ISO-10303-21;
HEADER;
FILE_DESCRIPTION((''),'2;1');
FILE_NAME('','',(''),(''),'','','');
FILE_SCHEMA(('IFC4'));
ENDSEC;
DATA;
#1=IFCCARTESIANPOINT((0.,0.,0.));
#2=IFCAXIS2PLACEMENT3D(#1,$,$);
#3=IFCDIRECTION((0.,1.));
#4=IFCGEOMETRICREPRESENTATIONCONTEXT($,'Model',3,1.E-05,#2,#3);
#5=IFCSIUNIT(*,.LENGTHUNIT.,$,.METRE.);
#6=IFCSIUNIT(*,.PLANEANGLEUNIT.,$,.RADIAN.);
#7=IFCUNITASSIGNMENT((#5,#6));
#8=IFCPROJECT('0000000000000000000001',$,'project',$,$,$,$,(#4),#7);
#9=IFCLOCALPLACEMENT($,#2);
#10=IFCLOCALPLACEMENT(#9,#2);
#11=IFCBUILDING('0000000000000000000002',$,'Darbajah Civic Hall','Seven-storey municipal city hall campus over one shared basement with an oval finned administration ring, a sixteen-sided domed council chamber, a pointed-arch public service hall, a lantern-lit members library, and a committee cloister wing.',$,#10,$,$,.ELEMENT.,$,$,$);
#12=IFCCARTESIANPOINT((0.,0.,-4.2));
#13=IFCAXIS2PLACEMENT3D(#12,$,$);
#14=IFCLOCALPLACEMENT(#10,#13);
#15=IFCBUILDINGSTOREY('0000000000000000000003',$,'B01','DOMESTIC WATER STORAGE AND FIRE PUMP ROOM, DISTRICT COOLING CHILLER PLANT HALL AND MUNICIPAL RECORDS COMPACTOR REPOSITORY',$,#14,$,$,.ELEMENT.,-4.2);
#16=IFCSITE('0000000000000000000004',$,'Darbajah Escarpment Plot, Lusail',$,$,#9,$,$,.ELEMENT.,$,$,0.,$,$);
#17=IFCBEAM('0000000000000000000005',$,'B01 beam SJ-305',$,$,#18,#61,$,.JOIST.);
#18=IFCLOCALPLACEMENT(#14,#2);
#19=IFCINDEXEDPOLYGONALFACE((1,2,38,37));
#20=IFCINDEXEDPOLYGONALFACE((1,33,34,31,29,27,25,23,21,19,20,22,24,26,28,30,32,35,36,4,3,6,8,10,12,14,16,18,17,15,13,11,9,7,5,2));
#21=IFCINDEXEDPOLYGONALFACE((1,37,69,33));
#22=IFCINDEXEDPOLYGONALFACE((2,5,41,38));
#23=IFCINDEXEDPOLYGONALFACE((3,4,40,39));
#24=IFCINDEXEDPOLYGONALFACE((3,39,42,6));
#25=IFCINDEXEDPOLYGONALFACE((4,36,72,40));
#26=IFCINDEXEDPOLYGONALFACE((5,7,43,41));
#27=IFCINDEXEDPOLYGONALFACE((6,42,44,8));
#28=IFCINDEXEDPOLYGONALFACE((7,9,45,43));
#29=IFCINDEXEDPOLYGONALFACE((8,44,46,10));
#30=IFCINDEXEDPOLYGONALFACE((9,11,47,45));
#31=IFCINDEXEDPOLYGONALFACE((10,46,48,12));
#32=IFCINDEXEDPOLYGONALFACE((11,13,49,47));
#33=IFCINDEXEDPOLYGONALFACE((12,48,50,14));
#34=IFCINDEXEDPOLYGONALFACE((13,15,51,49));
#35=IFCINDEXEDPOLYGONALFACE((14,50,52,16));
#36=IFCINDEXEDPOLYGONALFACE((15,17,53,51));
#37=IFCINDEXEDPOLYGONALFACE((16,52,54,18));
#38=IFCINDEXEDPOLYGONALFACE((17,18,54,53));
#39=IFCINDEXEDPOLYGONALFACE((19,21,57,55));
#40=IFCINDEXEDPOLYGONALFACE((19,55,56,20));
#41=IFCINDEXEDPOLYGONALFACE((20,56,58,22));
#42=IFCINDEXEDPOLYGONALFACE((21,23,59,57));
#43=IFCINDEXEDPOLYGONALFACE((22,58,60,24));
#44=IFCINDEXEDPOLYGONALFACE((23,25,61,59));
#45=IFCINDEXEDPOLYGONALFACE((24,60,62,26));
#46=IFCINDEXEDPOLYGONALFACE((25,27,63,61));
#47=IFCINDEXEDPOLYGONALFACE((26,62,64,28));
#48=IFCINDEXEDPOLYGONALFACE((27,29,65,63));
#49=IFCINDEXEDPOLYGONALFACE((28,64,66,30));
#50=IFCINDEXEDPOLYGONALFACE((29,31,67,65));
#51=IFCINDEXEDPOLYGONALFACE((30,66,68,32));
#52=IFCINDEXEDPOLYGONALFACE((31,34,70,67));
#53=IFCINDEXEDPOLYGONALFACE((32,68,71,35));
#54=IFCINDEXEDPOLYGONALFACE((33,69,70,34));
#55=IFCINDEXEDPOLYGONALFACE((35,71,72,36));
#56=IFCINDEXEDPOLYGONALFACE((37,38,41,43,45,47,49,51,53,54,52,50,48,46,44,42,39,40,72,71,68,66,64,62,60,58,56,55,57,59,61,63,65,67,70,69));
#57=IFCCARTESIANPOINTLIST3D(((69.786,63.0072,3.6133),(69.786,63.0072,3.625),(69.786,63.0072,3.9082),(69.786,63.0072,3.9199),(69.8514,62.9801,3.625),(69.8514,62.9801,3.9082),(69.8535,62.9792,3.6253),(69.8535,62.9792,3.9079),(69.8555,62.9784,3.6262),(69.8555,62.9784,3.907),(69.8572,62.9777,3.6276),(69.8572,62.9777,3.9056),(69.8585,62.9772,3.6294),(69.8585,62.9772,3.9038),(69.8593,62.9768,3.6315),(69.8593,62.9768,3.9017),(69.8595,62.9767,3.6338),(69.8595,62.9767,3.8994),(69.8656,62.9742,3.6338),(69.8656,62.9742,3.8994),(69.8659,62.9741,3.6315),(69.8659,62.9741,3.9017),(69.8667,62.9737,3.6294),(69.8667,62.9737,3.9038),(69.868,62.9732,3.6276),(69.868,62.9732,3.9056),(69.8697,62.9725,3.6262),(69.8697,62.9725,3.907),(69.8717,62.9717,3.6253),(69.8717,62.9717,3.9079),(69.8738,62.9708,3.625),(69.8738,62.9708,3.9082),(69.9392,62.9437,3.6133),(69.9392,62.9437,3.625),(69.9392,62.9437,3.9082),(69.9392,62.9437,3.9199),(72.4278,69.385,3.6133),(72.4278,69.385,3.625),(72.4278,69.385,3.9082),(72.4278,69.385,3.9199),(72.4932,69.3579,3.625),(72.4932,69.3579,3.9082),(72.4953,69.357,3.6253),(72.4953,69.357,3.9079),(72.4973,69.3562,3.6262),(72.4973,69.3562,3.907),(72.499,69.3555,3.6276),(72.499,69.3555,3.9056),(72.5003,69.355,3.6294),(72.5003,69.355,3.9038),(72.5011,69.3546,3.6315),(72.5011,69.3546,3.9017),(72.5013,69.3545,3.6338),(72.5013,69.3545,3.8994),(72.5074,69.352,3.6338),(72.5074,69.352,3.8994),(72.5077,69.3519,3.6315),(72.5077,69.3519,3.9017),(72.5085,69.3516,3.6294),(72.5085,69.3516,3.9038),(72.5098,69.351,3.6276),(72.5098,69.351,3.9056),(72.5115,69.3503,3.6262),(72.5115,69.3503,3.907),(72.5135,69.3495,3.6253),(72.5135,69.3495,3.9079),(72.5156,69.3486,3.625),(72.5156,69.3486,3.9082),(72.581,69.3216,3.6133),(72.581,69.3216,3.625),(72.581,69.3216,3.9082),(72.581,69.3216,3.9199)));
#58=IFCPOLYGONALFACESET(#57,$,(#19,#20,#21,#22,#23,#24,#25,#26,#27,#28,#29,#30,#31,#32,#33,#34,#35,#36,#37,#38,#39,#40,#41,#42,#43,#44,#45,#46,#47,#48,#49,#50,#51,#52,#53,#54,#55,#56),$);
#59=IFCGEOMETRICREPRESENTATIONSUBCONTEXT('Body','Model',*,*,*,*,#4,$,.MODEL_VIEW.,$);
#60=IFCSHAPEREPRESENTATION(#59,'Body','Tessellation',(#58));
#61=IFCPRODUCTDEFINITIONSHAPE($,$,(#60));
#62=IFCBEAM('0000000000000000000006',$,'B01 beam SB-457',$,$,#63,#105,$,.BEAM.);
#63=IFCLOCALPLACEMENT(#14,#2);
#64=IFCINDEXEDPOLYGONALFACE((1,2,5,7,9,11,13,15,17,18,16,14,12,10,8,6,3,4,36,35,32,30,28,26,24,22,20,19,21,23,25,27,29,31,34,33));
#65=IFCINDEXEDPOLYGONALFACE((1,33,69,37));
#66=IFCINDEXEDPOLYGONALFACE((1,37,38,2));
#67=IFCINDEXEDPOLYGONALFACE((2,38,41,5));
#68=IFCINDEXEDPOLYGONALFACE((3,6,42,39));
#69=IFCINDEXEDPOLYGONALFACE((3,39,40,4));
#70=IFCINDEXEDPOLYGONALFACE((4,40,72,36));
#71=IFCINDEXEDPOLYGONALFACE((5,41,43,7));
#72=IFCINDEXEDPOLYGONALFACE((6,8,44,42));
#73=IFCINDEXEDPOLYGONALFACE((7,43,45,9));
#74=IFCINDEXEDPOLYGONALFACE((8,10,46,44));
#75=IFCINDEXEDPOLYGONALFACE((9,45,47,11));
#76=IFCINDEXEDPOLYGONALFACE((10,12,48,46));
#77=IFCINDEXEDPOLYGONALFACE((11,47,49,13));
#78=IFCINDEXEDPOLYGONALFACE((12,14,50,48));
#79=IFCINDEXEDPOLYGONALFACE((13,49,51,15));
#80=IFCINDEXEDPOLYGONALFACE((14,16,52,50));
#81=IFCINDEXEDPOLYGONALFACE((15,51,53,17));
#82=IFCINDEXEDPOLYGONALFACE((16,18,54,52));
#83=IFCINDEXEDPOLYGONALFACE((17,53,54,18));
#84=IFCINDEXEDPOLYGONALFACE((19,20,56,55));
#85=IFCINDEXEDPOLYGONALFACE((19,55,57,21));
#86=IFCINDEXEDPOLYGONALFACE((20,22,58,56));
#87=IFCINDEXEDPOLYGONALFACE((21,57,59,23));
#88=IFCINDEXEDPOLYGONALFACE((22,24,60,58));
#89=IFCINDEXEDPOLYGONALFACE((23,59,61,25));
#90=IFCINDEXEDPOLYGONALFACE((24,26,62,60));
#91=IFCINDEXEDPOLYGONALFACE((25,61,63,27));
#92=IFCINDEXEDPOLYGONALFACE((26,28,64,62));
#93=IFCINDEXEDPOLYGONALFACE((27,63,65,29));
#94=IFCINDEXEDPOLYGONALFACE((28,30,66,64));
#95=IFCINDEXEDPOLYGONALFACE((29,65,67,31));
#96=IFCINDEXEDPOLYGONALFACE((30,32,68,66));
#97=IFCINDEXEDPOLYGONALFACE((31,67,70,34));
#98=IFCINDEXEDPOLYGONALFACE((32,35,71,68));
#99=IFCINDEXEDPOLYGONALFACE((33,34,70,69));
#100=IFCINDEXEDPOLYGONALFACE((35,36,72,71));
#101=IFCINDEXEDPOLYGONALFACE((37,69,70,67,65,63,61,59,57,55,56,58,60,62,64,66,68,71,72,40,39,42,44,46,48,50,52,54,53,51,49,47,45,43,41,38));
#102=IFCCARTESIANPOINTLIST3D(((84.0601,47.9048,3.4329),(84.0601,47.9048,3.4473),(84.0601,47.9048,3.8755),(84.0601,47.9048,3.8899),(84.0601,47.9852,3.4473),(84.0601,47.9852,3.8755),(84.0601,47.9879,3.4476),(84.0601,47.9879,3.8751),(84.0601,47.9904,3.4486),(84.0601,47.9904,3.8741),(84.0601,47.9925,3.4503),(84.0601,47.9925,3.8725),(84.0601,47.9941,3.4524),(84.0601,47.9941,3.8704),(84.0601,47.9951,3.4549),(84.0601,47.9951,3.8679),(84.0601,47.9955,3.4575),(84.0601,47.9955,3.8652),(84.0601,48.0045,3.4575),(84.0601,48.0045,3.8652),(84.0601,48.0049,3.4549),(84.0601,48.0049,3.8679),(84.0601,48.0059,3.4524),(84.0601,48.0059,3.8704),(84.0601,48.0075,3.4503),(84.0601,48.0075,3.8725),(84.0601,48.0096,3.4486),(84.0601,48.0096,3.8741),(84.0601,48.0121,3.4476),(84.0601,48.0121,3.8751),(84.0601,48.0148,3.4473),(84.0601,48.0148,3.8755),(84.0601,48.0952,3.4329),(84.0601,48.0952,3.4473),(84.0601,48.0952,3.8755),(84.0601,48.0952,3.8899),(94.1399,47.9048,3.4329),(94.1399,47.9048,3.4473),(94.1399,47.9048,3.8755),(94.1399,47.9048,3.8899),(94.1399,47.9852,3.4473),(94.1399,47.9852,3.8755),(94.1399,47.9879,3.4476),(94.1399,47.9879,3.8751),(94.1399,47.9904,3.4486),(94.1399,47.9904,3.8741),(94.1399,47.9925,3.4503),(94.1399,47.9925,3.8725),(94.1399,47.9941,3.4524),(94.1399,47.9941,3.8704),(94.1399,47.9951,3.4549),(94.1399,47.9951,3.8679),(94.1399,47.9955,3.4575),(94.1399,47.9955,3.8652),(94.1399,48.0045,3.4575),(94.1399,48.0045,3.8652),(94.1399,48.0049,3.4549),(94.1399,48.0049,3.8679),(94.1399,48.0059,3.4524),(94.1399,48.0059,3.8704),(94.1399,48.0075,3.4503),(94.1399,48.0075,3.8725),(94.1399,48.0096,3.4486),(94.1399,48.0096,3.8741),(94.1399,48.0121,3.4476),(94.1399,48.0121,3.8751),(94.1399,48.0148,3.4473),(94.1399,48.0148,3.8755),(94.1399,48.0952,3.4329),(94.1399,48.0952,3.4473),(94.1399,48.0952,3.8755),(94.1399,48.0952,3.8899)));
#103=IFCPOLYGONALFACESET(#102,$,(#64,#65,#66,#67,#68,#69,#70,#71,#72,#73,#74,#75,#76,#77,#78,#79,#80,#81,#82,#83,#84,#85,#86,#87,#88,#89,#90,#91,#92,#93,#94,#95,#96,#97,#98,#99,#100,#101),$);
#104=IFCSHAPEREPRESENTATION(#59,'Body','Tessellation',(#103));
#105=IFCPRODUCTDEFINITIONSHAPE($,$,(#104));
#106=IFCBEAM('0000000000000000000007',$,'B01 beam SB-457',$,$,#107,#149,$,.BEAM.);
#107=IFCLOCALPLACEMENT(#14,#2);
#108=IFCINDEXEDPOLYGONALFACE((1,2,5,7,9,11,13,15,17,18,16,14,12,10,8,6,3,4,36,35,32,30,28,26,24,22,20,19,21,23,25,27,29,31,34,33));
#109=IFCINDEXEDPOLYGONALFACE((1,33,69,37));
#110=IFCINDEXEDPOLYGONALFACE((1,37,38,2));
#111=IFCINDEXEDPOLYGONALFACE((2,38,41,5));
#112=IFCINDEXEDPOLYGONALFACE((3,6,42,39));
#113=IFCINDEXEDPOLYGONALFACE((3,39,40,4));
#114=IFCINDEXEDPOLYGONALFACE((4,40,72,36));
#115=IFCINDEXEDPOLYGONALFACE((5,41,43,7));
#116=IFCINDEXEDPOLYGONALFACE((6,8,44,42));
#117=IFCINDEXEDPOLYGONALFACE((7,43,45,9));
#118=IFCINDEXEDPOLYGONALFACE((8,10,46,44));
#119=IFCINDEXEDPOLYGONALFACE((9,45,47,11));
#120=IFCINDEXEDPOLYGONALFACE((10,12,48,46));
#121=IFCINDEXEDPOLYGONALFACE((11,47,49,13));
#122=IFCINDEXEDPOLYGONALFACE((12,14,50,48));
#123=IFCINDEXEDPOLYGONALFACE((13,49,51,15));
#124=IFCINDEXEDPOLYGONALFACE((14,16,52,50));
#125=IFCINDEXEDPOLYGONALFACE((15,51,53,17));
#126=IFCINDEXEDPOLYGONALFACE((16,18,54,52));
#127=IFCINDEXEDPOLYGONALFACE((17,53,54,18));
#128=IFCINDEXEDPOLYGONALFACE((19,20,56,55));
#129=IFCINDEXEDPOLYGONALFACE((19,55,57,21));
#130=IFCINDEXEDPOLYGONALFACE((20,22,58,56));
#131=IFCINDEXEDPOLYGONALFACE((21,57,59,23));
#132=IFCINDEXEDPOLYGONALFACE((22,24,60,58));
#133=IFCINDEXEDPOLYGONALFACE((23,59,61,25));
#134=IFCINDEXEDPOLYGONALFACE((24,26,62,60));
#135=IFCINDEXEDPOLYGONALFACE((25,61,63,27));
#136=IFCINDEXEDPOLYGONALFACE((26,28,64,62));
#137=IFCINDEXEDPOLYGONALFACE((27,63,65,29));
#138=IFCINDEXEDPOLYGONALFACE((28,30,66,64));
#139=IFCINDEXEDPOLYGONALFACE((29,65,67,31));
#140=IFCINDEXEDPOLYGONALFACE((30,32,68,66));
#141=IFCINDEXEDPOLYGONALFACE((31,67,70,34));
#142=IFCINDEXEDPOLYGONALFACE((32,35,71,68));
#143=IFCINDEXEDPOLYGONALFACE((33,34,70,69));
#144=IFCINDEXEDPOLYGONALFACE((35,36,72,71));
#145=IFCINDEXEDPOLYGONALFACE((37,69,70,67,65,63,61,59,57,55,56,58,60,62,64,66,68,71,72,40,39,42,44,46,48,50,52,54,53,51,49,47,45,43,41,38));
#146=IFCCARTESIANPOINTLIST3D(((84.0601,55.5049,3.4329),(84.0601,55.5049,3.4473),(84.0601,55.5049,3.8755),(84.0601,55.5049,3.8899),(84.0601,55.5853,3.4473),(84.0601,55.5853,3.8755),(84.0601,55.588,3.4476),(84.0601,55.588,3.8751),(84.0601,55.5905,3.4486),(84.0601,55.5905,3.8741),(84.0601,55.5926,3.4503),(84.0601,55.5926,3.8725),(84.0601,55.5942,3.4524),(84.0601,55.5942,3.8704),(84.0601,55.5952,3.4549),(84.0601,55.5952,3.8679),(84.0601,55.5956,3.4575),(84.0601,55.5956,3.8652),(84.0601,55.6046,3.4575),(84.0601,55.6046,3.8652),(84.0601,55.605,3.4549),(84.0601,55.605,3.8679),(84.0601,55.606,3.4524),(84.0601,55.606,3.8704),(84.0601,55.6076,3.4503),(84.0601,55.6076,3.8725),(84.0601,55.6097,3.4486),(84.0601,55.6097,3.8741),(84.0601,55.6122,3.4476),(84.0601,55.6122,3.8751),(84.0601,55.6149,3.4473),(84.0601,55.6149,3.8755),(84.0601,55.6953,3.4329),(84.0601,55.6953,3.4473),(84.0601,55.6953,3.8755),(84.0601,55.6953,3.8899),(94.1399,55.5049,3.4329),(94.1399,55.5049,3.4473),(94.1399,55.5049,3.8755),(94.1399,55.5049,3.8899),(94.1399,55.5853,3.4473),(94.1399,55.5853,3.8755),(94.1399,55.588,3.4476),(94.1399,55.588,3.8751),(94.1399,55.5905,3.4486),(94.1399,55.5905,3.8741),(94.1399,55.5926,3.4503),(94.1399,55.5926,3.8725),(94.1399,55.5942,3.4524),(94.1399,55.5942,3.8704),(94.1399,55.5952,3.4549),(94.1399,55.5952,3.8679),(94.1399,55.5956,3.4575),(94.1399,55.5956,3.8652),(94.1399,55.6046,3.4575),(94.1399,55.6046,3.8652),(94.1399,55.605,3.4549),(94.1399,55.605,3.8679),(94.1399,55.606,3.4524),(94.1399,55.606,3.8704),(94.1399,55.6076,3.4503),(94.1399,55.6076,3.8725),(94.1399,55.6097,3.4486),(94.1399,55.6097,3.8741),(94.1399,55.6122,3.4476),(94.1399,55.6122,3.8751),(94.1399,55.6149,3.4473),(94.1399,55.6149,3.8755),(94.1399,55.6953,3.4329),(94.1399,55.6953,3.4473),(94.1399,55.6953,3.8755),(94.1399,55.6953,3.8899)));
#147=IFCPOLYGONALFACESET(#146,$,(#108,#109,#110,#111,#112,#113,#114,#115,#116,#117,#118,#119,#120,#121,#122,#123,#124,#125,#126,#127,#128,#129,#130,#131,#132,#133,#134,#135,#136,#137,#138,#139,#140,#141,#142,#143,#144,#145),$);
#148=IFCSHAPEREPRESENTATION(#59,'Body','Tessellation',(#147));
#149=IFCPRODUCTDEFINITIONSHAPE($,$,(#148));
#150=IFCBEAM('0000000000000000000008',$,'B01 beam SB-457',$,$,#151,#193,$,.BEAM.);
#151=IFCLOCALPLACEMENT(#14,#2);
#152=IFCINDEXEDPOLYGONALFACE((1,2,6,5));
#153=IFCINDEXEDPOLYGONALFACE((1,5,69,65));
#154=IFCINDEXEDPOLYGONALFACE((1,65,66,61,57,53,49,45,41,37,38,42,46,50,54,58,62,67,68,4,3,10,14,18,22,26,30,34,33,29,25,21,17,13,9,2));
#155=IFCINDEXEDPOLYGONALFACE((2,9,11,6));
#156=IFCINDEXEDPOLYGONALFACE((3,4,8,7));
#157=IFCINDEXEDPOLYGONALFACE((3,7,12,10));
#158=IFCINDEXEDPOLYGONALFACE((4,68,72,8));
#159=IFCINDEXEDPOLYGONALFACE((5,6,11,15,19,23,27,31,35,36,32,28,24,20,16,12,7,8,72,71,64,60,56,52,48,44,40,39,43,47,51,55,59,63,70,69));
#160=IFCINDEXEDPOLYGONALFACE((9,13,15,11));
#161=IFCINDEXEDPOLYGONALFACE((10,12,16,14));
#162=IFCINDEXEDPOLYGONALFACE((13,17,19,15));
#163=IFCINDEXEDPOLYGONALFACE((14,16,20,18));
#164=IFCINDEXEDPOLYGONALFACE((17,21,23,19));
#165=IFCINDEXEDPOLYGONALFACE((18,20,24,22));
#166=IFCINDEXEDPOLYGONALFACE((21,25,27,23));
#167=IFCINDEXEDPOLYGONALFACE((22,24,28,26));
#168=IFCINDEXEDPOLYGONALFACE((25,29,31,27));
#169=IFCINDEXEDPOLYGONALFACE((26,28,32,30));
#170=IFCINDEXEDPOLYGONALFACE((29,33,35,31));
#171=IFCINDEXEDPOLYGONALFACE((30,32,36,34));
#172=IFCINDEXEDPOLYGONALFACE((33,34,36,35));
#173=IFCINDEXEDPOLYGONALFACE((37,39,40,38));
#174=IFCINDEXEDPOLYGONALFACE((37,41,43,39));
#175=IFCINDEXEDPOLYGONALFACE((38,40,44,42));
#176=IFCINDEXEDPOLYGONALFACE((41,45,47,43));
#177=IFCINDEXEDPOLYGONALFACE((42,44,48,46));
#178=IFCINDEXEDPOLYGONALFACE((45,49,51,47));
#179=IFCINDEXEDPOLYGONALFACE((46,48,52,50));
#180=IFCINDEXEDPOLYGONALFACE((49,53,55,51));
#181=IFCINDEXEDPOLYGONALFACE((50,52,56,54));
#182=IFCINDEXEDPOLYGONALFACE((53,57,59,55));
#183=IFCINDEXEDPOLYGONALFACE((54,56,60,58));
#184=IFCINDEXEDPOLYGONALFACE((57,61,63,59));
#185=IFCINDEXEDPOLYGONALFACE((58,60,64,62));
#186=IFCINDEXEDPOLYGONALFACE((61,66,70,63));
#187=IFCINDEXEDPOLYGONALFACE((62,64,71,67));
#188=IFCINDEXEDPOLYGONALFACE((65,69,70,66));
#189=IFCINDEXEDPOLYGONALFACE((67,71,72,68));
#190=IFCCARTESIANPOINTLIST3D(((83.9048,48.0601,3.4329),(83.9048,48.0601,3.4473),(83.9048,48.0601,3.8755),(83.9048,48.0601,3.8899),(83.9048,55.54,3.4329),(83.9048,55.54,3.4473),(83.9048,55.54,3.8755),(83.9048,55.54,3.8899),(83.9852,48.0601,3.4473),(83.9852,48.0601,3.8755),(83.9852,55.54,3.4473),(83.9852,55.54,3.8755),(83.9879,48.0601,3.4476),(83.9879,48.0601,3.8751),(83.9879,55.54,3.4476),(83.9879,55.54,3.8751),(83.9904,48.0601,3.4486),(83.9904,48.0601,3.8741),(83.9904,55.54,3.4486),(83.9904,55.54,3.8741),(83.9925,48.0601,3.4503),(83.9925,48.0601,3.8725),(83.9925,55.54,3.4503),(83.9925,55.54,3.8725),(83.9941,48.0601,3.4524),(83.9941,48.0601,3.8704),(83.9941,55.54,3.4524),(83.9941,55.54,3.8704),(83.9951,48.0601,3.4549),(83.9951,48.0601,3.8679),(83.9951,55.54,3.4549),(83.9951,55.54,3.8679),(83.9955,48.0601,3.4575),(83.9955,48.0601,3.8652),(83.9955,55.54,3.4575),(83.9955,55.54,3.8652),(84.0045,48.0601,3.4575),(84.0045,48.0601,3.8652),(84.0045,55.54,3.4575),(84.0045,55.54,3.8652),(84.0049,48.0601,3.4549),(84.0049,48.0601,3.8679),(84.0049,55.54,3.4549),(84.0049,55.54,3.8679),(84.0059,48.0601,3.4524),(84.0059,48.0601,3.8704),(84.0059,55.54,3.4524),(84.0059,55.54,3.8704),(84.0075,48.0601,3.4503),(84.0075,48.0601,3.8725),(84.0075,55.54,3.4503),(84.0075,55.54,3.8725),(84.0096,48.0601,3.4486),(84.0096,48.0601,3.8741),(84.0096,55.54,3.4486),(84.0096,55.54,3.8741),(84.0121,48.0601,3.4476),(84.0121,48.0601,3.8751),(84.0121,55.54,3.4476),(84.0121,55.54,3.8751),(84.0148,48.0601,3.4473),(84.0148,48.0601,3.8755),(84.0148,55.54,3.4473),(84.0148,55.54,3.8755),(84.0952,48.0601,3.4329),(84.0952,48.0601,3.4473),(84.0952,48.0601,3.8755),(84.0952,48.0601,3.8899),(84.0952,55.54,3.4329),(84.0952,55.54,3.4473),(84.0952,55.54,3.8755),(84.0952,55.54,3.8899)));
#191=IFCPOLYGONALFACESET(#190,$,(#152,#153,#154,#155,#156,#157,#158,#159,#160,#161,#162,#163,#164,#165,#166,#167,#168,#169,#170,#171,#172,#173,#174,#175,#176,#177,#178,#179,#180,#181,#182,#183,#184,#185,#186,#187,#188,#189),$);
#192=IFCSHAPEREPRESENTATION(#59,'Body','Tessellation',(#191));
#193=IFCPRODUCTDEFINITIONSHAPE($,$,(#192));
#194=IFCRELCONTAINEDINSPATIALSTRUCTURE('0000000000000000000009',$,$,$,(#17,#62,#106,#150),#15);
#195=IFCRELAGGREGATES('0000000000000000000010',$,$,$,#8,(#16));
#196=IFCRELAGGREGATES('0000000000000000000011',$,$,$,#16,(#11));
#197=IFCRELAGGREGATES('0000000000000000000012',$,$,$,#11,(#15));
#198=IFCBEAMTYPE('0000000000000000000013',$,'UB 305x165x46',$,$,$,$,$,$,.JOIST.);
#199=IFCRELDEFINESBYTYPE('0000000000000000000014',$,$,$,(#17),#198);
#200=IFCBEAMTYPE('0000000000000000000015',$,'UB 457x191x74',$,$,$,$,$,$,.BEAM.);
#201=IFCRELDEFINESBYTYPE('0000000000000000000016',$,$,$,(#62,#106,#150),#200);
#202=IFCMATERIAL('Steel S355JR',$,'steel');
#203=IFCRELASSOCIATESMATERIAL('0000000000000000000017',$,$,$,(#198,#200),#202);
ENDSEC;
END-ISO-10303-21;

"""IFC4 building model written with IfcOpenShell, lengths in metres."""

from ifc_helpers import new_model, si_unit, direction, frame, origin, origin_2d, place, context, subcontext, project, spatial, i_section, extrude, material, material_profile, profile_set, type_object, element, save


model = new_model("IFC4")

# Units and contexts
model_context = context("Model", 3, precision=1e-05, world=origin(), true_north=direction((0.0, 1.0)))
body_context = subcontext(model_context, "Body", "Model", "MODEL_VIEW")
ifc_project = project(units=[si_unit("LENGTHUNIT", "METRE"), si_unit("PLANEANGLEUNIT", "RADIAN")], contexts=[model_context])

# Site, building, storey
site_placement = place(None, origin())
site = spatial("IfcSite", under=ifc_project, at=site_placement, Name="Darbajah Escarpment Plot, Lusail", CompositionType="ELEMENT", RefElevation=0.0)
building_placement = place(site_placement, origin())
building = spatial("IfcBuilding", under=site, at=building_placement, Name="Darbajah Civic Hall", Description="Seven-storey municipal city hall campus over one shared basement with an oval finned administration ring, a sixteen-sided domed council chamber, a pointed-arch public service hall, a lantern-lit members library, and a committee cloister wing.", CompositionType="ELEMENT")
storey_placement = place(building_placement, frame((0.0, 0.0, -4.2)))
storey = spatial("IfcBuildingStorey", under=building, at=storey_placement, Name="B01", Description="DOMESTIC WATER STORAGE AND FIRE PUMP ROOM, DISTRICT COOLING CHILLER PLANT HALL AND MUNICIPAL RECORDS COMPACTOR REPOSITORY", CompositionType="ELEMENT", Elevation=-4.2)

# Beams
ifc_material_1 = material(Name="Steel S355JR", Category="steel")
ifc_material_profile_1 = material_profile(ifc_material_1, i_section(OverallWidth=0.1658, OverallDepth=0.3066, WebThickness=0.0066, FlangeThickness=0.0117, FilletRadius=0.0088, at=origin_2d()), Name="UB 305x165x46")
ifc_profile_set_1 = profile_set([ifc_material_profile_1], Name="Steel S355JR")
beam_type_1 = type_object("IfcBeamType", Name="UB 305x165x46", PredefinedType="JOIST", material=ifc_profile_set_1)
beam_1_placement = place(storey_placement, frame((72.5044, 69.3533, 3.7666), z_axis=(-0.382686, -0.923878, 0.0), x_axis=(0.923878, -0.382686, 0.0)))
element("IfcBeam", 1, at=beam_1_placement, inside=storey, type_object=beam_type_1, Name="B01 beam SJ-305", PredefinedType="JOIST", context=body_context, shape_type="SweptSolid", body=[
    extrude(i_section(OverallWidth=0.1658, OverallDepth=0.3066, WebThickness=0.0066, FlangeThickness=0.0117, FilletRadius=0.0088, at=origin_2d()), origin(), (0.0, 0.0, 1.0), 6.9033),
])
ifc_material_profile_2 = material_profile(ifc_material_1, i_section(OverallWidth=0.1904, OverallDepth=0.457, WebThickness=0.009, FlangeThickness=0.0144, FilletRadius=0.0103, at=origin_2d()), Name="UB 457x191x74")
ifc_profile_set_2 = profile_set([ifc_material_profile_2], Name="Steel S355JR")
beam_type_2 = type_object("IfcBeamType", Name="UB 457x191x74", PredefinedType="BEAM", material=ifc_profile_set_2)
for number, where, z_axis, x_axis, name in (
    (2, (84.0601, 48.0, 3.6614), (1.0, 0.0, 0.0), (0.0, 1.0, 0.0), "B01 beam SB-457"),
    (3, (84.0601, 55.6001, 3.6614), (1.0, 0.0, 0.0), (0.0, 1.0, 0.0), "B01 beam SB-457"),
):
    element("IfcBeam", number, at=place(storey_placement, frame(where, z_axis=z_axis, x_axis=x_axis)), inside=storey, type_object=beam_type_2, Name=name, PredefinedType="BEAM", context=body_context, shape_type="SweptSolid", body=[
        extrude(i_section(OverallWidth=0.1904, OverallDepth=0.457, WebThickness=0.009, FlangeThickness=0.0144, FilletRadius=0.0103, at=origin_2d()), origin(), (0.0, 0.0, 1.0), 10.0798),
    ])
beam_2_placement = place(storey_placement, frame((84.0, 48.0601, 3.6614), z_axis=(0.0, 1.0, 0.0), x_axis=(-1.0, 0.0, 0.0)))
element("IfcBeam", 4, at=beam_2_placement, inside=storey, type_object=beam_type_2, Name="B01 beam SB-457", PredefinedType="BEAM", context=body_context, shape_type="SweptSolid", body=[
    extrude(i_section(OverallWidth=0.1904, OverallDepth=0.457, WebThickness=0.009, FlangeThickness=0.0144, FilletRadius=0.0103, at=origin_2d()), origin(), (0.0, 0.0, 1.0), 7.48),
])

save(model, "model.ifc")
